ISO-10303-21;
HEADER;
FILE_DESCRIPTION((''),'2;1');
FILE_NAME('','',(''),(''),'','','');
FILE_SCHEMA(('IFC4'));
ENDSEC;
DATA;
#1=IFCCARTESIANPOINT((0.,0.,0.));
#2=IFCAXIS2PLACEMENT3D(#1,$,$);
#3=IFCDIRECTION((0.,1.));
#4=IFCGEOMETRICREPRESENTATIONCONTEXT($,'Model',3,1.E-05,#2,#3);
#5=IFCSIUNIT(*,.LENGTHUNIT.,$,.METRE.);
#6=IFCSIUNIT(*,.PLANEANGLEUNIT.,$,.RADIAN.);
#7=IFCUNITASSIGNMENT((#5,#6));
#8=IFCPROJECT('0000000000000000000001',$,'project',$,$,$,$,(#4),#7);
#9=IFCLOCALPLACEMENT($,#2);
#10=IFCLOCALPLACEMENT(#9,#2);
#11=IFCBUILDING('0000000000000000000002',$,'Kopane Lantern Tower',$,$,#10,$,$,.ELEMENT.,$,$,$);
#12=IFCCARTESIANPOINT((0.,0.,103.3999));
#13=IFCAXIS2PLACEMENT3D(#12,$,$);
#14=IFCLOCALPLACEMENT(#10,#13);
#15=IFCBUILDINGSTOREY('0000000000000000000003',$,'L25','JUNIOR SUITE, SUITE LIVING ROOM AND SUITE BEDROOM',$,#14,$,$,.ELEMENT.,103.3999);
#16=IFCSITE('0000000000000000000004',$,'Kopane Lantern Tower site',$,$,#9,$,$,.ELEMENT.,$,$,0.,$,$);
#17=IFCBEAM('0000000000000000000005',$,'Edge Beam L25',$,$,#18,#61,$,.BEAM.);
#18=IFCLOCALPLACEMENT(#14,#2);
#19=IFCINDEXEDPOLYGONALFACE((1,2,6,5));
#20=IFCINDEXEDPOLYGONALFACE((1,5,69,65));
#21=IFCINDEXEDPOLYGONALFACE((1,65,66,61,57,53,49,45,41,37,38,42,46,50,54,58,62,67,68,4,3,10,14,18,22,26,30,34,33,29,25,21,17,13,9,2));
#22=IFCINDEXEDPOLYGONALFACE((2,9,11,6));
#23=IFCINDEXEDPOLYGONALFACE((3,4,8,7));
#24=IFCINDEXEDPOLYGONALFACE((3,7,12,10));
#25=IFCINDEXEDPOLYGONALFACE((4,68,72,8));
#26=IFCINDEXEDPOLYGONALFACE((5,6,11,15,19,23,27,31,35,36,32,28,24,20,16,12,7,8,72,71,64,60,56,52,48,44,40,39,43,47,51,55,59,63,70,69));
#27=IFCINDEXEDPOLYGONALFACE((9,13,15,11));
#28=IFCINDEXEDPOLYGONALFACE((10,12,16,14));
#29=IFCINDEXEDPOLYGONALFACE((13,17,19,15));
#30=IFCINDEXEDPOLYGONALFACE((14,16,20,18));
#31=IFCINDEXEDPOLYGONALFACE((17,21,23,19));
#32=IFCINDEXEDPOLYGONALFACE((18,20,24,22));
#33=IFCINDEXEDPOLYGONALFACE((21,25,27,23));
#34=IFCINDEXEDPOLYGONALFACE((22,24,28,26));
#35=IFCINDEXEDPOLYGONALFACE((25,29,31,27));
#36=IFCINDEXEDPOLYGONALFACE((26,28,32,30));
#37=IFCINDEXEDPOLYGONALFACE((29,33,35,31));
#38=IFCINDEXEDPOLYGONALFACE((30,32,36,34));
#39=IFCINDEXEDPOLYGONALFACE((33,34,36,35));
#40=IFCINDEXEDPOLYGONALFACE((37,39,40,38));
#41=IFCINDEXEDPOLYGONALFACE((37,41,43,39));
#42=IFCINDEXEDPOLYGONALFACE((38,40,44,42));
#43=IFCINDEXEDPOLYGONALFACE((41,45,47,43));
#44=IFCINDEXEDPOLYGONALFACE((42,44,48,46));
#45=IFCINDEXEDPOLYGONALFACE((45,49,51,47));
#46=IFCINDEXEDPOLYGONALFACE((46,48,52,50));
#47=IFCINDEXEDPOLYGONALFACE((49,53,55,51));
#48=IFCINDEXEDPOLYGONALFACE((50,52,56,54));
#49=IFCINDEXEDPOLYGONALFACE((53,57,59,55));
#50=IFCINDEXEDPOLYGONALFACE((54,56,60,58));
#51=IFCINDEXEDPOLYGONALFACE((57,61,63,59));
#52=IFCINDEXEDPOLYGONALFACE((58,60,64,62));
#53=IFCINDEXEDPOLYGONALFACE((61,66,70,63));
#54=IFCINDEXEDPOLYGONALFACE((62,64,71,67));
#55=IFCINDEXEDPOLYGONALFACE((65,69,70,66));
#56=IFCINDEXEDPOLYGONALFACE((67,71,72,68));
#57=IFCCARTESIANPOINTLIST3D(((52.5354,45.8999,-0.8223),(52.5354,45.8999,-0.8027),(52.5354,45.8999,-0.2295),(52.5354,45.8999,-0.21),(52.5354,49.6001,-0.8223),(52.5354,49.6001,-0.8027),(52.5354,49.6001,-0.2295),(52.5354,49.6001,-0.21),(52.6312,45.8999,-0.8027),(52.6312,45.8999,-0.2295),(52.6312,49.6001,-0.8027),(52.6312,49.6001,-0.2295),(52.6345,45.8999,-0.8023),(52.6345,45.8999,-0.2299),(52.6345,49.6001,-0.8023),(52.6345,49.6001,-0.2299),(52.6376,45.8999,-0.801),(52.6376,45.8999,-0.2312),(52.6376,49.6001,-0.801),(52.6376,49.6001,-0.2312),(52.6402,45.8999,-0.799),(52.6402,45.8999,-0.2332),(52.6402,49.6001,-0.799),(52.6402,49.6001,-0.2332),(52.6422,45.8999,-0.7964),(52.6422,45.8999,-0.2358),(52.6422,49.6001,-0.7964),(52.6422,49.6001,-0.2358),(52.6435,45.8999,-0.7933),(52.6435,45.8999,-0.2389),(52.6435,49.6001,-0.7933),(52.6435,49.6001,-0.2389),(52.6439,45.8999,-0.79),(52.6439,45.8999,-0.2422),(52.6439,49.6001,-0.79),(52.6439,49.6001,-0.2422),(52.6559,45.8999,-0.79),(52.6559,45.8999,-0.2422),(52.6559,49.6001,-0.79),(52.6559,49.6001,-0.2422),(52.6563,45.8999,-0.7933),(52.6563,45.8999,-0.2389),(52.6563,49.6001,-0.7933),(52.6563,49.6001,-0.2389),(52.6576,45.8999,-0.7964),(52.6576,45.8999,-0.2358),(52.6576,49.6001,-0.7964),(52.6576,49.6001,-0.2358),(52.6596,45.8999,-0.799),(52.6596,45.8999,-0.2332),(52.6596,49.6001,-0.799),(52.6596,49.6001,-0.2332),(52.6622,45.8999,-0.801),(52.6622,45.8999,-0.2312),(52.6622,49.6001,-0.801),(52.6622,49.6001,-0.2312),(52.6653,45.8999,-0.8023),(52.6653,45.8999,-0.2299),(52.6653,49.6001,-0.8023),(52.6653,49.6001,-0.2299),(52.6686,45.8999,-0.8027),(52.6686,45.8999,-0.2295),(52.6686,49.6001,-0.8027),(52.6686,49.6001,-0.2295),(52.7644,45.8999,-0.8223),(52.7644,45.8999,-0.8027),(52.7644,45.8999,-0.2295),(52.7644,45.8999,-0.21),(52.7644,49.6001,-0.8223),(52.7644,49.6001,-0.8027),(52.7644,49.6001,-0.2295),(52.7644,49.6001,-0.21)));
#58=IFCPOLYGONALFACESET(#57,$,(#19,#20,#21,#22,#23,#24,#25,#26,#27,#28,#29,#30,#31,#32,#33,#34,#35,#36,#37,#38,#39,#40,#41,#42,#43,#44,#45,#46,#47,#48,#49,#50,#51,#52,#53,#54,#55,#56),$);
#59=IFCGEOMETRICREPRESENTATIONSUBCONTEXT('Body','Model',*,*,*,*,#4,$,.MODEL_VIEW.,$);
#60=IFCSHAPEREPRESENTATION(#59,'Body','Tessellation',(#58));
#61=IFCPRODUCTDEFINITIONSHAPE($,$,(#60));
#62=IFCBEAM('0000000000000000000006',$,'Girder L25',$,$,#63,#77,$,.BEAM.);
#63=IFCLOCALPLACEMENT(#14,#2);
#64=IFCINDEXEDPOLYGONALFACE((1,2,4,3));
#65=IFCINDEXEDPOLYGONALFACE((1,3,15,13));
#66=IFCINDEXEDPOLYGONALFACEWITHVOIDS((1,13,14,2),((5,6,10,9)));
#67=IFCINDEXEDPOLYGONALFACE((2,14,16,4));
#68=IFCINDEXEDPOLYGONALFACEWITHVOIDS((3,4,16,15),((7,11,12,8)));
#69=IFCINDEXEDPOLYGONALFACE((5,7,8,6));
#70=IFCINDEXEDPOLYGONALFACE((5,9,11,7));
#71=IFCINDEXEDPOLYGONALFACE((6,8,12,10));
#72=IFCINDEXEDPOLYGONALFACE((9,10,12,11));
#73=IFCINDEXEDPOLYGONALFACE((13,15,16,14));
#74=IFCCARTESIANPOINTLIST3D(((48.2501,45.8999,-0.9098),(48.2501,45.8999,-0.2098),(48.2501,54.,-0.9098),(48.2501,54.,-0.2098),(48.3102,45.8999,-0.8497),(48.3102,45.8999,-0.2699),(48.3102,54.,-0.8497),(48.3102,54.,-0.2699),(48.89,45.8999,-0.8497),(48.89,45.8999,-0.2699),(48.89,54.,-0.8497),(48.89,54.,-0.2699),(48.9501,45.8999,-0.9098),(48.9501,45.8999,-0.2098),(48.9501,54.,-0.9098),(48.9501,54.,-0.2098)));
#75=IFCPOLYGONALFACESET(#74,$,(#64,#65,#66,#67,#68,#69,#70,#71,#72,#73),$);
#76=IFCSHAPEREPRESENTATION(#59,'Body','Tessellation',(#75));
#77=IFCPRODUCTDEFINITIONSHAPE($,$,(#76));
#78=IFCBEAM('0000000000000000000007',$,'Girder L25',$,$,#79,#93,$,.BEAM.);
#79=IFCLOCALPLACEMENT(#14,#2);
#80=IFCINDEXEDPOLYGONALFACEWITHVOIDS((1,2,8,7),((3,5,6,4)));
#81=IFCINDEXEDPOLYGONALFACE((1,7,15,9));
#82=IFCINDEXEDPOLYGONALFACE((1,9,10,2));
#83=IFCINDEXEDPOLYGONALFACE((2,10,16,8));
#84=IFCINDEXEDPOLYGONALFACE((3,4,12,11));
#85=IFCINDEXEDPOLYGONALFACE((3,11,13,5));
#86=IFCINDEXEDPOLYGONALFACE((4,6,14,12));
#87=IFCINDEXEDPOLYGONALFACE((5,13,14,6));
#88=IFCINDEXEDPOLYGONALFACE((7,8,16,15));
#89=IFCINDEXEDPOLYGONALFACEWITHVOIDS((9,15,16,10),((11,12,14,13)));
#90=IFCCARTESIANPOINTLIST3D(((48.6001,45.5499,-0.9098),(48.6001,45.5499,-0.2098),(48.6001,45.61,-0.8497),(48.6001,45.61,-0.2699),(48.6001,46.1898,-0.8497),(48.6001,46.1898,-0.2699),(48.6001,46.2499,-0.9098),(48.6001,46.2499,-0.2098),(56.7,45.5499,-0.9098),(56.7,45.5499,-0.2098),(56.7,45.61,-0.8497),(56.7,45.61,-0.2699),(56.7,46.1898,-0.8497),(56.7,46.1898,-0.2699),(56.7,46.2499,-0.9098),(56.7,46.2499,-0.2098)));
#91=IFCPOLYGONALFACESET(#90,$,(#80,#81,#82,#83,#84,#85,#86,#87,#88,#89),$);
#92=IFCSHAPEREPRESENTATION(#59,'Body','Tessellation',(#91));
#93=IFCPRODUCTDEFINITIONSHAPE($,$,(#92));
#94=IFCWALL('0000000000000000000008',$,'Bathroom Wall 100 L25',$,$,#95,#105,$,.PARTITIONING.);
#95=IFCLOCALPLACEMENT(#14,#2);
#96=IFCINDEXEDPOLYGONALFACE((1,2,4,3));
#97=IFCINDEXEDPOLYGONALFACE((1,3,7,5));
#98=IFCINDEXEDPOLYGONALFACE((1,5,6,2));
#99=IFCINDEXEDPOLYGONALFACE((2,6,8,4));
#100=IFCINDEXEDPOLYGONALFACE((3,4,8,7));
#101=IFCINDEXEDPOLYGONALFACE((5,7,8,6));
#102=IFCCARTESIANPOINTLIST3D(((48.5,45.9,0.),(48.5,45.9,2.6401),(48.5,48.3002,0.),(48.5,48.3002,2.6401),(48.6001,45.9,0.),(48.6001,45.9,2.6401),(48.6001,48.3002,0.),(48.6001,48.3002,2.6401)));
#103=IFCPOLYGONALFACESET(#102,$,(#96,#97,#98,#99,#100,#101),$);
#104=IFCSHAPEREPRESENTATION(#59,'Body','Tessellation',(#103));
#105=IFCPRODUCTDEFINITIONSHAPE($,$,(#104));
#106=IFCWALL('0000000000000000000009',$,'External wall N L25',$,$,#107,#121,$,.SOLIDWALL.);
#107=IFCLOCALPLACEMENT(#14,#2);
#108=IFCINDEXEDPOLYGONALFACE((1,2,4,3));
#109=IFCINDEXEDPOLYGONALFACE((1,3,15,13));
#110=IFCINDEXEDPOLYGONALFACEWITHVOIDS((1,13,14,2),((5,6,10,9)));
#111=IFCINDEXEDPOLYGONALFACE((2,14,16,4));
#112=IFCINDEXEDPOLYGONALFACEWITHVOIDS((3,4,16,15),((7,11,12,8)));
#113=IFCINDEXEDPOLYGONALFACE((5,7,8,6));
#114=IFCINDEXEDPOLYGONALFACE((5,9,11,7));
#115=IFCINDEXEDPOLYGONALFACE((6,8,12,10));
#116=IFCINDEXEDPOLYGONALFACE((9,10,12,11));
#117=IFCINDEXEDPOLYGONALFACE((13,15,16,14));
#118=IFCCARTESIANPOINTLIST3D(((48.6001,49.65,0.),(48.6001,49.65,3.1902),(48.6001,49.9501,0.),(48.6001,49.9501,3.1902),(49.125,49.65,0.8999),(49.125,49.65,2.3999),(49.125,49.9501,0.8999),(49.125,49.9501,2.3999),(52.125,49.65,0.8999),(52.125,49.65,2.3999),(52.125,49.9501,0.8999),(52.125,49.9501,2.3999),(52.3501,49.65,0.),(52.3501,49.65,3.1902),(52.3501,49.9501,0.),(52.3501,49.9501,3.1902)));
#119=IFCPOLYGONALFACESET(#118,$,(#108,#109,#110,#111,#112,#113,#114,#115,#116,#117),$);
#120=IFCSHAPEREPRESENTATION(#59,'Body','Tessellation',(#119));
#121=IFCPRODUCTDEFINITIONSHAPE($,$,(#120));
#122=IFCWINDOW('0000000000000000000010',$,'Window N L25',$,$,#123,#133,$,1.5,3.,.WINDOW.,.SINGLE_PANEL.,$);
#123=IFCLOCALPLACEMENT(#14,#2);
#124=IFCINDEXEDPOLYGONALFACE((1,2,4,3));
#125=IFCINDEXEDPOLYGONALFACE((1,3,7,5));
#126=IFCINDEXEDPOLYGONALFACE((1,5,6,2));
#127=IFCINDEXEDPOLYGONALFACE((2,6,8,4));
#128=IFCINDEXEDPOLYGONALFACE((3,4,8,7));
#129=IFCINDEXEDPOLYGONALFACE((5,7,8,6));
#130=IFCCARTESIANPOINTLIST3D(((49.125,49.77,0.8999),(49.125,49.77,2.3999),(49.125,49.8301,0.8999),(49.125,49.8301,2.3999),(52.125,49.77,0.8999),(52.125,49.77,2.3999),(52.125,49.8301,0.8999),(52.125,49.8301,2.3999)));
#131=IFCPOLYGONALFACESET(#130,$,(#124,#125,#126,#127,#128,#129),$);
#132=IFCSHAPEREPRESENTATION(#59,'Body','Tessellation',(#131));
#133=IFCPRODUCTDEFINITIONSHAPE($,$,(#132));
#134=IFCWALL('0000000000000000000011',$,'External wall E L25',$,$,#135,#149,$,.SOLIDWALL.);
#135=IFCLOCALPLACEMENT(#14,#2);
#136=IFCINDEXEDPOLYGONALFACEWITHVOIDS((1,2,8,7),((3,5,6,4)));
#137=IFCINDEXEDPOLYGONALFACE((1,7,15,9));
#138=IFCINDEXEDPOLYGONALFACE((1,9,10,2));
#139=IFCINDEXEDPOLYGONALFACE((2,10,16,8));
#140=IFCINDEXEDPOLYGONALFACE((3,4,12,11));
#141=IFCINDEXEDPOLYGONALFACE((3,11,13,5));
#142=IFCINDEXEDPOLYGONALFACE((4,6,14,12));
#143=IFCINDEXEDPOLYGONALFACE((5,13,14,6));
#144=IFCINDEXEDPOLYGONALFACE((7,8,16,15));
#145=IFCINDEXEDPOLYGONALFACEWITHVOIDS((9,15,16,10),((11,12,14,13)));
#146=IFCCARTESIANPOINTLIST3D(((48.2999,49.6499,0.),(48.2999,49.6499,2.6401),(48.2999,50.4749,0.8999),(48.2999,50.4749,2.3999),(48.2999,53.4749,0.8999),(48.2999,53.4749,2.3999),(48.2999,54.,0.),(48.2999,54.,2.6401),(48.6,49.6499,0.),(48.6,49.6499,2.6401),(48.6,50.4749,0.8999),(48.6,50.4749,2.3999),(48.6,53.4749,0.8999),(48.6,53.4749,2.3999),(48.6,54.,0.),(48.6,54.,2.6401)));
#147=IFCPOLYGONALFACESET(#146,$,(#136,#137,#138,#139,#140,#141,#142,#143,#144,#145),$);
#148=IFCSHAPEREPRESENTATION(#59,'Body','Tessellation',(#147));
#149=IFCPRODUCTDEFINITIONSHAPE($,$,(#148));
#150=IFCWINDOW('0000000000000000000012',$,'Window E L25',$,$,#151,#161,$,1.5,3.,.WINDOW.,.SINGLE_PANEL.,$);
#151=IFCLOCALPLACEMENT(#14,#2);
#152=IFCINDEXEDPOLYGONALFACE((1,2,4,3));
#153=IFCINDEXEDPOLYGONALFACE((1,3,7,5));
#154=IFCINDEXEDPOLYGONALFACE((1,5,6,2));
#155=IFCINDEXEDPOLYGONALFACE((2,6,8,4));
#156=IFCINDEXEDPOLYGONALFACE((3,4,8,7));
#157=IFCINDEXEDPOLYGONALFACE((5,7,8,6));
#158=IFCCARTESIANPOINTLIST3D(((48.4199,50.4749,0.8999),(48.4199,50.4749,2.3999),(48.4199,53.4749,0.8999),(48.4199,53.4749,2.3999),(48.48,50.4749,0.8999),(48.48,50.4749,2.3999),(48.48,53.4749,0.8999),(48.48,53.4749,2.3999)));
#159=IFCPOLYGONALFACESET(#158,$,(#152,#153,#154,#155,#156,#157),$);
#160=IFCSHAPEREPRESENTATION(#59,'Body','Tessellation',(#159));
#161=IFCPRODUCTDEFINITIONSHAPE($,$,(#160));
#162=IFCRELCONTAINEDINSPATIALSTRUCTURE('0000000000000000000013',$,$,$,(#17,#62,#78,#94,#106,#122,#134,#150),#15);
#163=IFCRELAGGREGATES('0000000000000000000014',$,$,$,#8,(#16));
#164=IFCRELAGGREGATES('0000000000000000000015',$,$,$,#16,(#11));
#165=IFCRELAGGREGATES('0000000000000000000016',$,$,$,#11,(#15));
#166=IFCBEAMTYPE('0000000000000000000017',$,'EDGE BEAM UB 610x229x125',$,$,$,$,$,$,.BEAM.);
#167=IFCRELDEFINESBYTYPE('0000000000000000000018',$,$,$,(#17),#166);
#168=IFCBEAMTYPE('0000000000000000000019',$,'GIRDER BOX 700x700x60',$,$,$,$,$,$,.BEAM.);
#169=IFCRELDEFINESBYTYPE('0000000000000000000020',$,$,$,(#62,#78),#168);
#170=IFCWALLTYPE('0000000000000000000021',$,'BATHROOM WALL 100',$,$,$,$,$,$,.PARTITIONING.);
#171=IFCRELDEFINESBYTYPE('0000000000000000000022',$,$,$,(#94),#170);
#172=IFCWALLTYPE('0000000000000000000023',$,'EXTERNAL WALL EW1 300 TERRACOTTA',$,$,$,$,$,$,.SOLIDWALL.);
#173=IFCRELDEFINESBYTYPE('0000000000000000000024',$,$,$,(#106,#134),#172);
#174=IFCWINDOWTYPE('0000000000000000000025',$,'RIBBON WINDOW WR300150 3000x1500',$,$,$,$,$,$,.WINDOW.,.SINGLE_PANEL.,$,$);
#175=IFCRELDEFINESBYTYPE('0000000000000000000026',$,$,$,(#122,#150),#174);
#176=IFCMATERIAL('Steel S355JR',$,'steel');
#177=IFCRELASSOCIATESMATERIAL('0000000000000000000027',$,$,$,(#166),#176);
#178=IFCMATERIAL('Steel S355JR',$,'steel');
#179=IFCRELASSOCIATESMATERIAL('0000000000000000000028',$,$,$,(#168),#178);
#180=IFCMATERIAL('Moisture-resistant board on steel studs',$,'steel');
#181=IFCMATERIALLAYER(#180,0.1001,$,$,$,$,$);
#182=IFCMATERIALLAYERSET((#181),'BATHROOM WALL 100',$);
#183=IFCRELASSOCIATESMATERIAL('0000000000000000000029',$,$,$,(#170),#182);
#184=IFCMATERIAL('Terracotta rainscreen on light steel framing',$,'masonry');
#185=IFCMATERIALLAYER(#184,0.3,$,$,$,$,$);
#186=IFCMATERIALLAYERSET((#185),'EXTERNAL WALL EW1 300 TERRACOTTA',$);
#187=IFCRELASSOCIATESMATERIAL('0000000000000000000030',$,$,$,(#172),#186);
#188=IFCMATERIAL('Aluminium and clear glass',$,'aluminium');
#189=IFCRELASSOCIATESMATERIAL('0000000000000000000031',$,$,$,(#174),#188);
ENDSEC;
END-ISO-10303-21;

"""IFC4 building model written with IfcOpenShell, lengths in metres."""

from ifc_helpers import new_model, si_unit, direction, frame, frame_2d, origin, origin_2d, place, context, subcontext, project, spatial, rectangle, hollow_rectangle, i_section, extrude, material, layer, layer_set, material_profile, profile_set, type_object, element, fill, save


model = new_model("IFC4")

# Units and contexts
model_context = context("Model", 3, precision=1e-05, world=origin(), true_north=direction((0.0, 1.0)))
body_context = subcontext(model_context, "Body", "Model", "MODEL_VIEW")
ifc_project = project(units=[si_unit("LENGTHUNIT", "METRE"), si_unit("PLANEANGLEUNIT", "RADIAN")], contexts=[model_context])

# Site, building, storey
site_placement = place(None, origin())
site = spatial("IfcSite", under=ifc_project, at=site_placement, Name="Kopane Lantern Tower site", CompositionType="ELEMENT", RefElevation=0.0)
building_placement = place(site_placement, origin())
building = spatial("IfcBuilding", under=site, at=building_placement, Name="Kopane Lantern Tower", CompositionType="ELEMENT")
storey_placement = place(building_placement, frame((0.0, 0.0, 103.3999)))
storey = spatial("IfcBuildingStorey", under=building, at=storey_placement, Name="L25", Description="JUNIOR SUITE, SUITE LIVING ROOM AND SUITE BEDROOM", CompositionType="ELEMENT", Elevation=103.3999)

# Beams
ifc_material_1 = material(Name="Steel S355JR", Category="steel")
ifc_material_profile_1 = material_profile(ifc_material_1, i_section(OverallWidth=0.229, OverallDepth=0.6123, WebThickness=0.012, FlangeThickness=0.0195, FilletRadius=0.0127, at=origin_2d()), Name="UB 610x229x125")
ifc_profile_set_1 = profile_set([ifc_material_profile_1], Name="Steel S355JR")
beam_type_1 = type_object("IfcBeamType", Name="EDGE BEAM UB 610x229x125", PredefinedType="BEAM", material=ifc_profile_set_1)
beam_1_placement = place(storey_placement, frame((52.6499, 49.6001, -0.5161), z_axis=(0.0, -1.0, 0.0), x_axis=(1.0, 0.0, 0.0)))
element("IfcBeam", 1, at=beam_1_placement, inside=storey, type_object=beam_type_1, Name="Edge Beam L25", PredefinedType="BEAM", context=body_context, shape_type="SweptSolid", body=[
    extrude(i_section(OverallWidth=0.229, OverallDepth=0.6123, WebThickness=0.012, FlangeThickness=0.0195, FilletRadius=0.0127, at=origin_2d()), origin(), (0.0, 0.0, 1.0), 3.7002),
])
ifc_material_2 = material(Name="Steel S355JR", Category="steel")
ifc_material_profile_2 = material_profile(ifc_material_2, hollow_rectangle(XDim=0.7, YDim=0.7, WallThickness=0.0601, at=origin_2d()), Name="BOX 700x700x60")
ifc_profile_set_2 = profile_set([ifc_material_profile_2], Name="Steel S355JR")
beam_type_2 = type_object("IfcBeamType", Name="GIRDER BOX 700x700x60", PredefinedType="BEAM", material=ifc_profile_set_2)
beam_2_placement = place(storey_placement, frame((48.6001, 45.8999, -0.5598), z_axis=(0.0, 1.0, 0.0), x_axis=(-1.0, 0.0, 0.0)))
element("IfcBeam", 2, at=beam_2_placement, inside=storey, type_object=beam_type_2, Name="Girder L25", PredefinedType="BEAM", context=body_context, shape_type="SweptSolid", body=[
    extrude(hollow_rectangle(XDim=0.7, YDim=0.7, WallThickness=0.0601, at=origin_2d()), origin(), (0.0, 0.0, 1.0), 8.1001),
])
beam_3_placement = place(storey_placement, frame((48.6001, 45.8999, -0.5598), z_axis=(1.0, 0.0, 0.0), x_axis=(0.0, 1.0, 0.0)))
element("IfcBeam", 3, at=beam_3_placement, inside=storey, type_object=beam_type_2, Name="Girder L25", PredefinedType="BEAM", context=body_context, shape_type="SweptSolid", body=[
    extrude(hollow_rectangle(XDim=0.7, YDim=0.7, WallThickness=0.0601, at=origin_2d()), origin(), (0.0, 0.0, 1.0), 8.0999),
])

# Wall
ifc_material_3 = material(Name="Moisture-resistant board on steel studs", Category="steel")
ifc_layer_1 = layer(ifc_material_3, 0.1001)
ifc_layer_set_1 = layer_set([ifc_layer_1], Name="BATHROOM WALL 100")
wall_type_1 = type_object("IfcWallType", Name="BATHROOM WALL 100", PredefinedType="PARTITIONING", material=ifc_layer_set_1)
wall_1_placement = place(storey_placement, frame((48.55, 45.8999, 0.0), z_axis=(0.0, 0.0, 1.0), x_axis=(0.0, 1.0, 0.0)))
element("IfcWall", 4, at=wall_1_placement, inside=storey, type_object=wall_type_1, Name="Bathroom Wall 100 L25", PredefinedType="PARTITIONING", context=body_context, shape_type="SweptSolid", body=[
    extrude(rectangle(XDim=2.4001, YDim=0.1001, at=frame_2d((1.2002, 0.0))), origin(), (0.0, 0.0, 1.0), 2.6401),
])

# Walls, openings, windows
ifc_material_4 = material(Name="Terracotta rainscreen on light steel framing", Category="masonry")
ifc_layer_2 = layer(ifc_material_4, 0.3)
ifc_layer_set_2 = layer_set([ifc_layer_2], Name="EXTERNAL WALL EW1 300 TERRACOTTA")
wall_type_2 = type_object("IfcWallType", Name="EXTERNAL WALL EW1 300 TERRACOTTA", PredefinedType="SOLIDWALL", material=ifc_layer_set_2)
wall_2_placement = place(storey_placement, frame((52.3501, 49.8, 0.0), z_axis=(0.0, 0.0, 1.0), x_axis=(-1.0, 0.0, 0.0)))
wall_2 = element("IfcWall", 5, at=wall_2_placement, inside=storey, type_object=wall_type_2, Name="External wall N L25", PredefinedType="SOLIDWALL", context=body_context, shape_type="SweptSolid", body=[
    extrude(rectangle(XDim=3.75, YDim=0.3, at=frame_2d((1.875, 0.0))), origin(), (0.0, 0.0, 1.0), 3.1902),
])
opening_1_placement = place(wall_2_placement, frame((0.2251, 0.0, 0.8999)))
opening_1 = element("IfcOpeningElement", 6, at=opening_1_placement, cuts=wall_2, PredefinedType="OPENING", context=body_context, shape_type="SweptSolid", body=[
    extrude(rectangle(XDim=3.0, YDim=1.5, at=frame_2d((1.5, 0.75))), frame((0.0, 0.1599, 0.0), z_axis=(0.0, -1.0, 0.0), x_axis=(1.0, 0.0, 0.0)), (0.0, 0.0, 1.0), 0.3201),
])
ifc_material_5 = material(Name="Aluminium and clear glass", Category="aluminium")
window_type = type_object("IfcWindowType", Name="RIBBON WINDOW WR300150 3000x1500", PartitioningType="SINGLE_PANEL", PredefinedType="WINDOW", material=ifc_material_5)
window_1_placement = place(opening_1_placement, origin())
window_1 = element("IfcWindow", 7, at=window_1_placement, inside=storey, type_object=window_type, Name="Window N L25", OverallHeight=1.5, OverallWidth=3.0, PartitioningType="SINGLE_PANEL", PredefinedType="WINDOW", context=body_context, shape_type="SweptSolid", body=[
    extrude(rectangle(XDim=3.0, YDim=1.5, at=frame_2d((1.5, 0.75))), frame((0.0, 0.03, 0.0), z_axis=(0.0, -1.0, 0.0), x_axis=(1.0, 0.0, 0.0)), (0.0, 0.0, 1.0), 0.0601),
])
fill(opening_1, window_1)
wall_3_placement = place(storey_placement, frame((48.45, 49.6499, 0.0), z_axis=(0.0, 0.0, 1.0), x_axis=(0.0, 1.0, 0.0)))
wall_3 = element("IfcWall", 8, at=wall_3_placement, inside=storey, type_object=wall_type_2, Name="External wall E L25", PredefinedType="SOLIDWALL", context=body_context, shape_type="SweptSolid", body=[
    extrude(rectangle(XDim=4.3501, YDim=0.3, at=frame_2d((2.175, 0.0))), origin(), (0.0, 0.0, 1.0), 2.6401),
])
opening_2_placement = place(wall_3_placement, frame((0.825, 0.0, 0.8999)))
opening_2 = element("IfcOpeningElement", 9, at=opening_2_placement, cuts=wall_3, PredefinedType="OPENING", context=body_context, shape_type="SweptSolid", body=[
    extrude(rectangle(XDim=3.0, YDim=1.5, at=frame_2d((1.5, 0.75))), frame((0.0, 0.1599, 0.0), z_axis=(0.0, -1.0, 0.0), x_axis=(1.0, 0.0, 0.0)), (0.0, 0.0, 1.0), 0.3201),
])
window_2_placement = place(opening_2_placement, origin())
window_2 = element("IfcWindow", 10, at=window_2_placement, inside=storey, type_object=window_type, Name="Window E L25", OverallHeight=1.5, OverallWidth=3.0, PartitioningType="SINGLE_PANEL", PredefinedType="WINDOW", context=body_context, shape_type="SweptSolid", body=[
    extrude(rectangle(XDim=3.0, YDim=1.5, at=frame_2d((1.5, 0.75))), frame((0.0, 0.03, 0.0), z_axis=(0.0, -1.0, 0.0), x_axis=(1.0, 0.0, 0.0)), (0.0, 0.0, 1.0), 0.0601),
])
fill(opening_2, window_2)

save(model, "model.ifc")
